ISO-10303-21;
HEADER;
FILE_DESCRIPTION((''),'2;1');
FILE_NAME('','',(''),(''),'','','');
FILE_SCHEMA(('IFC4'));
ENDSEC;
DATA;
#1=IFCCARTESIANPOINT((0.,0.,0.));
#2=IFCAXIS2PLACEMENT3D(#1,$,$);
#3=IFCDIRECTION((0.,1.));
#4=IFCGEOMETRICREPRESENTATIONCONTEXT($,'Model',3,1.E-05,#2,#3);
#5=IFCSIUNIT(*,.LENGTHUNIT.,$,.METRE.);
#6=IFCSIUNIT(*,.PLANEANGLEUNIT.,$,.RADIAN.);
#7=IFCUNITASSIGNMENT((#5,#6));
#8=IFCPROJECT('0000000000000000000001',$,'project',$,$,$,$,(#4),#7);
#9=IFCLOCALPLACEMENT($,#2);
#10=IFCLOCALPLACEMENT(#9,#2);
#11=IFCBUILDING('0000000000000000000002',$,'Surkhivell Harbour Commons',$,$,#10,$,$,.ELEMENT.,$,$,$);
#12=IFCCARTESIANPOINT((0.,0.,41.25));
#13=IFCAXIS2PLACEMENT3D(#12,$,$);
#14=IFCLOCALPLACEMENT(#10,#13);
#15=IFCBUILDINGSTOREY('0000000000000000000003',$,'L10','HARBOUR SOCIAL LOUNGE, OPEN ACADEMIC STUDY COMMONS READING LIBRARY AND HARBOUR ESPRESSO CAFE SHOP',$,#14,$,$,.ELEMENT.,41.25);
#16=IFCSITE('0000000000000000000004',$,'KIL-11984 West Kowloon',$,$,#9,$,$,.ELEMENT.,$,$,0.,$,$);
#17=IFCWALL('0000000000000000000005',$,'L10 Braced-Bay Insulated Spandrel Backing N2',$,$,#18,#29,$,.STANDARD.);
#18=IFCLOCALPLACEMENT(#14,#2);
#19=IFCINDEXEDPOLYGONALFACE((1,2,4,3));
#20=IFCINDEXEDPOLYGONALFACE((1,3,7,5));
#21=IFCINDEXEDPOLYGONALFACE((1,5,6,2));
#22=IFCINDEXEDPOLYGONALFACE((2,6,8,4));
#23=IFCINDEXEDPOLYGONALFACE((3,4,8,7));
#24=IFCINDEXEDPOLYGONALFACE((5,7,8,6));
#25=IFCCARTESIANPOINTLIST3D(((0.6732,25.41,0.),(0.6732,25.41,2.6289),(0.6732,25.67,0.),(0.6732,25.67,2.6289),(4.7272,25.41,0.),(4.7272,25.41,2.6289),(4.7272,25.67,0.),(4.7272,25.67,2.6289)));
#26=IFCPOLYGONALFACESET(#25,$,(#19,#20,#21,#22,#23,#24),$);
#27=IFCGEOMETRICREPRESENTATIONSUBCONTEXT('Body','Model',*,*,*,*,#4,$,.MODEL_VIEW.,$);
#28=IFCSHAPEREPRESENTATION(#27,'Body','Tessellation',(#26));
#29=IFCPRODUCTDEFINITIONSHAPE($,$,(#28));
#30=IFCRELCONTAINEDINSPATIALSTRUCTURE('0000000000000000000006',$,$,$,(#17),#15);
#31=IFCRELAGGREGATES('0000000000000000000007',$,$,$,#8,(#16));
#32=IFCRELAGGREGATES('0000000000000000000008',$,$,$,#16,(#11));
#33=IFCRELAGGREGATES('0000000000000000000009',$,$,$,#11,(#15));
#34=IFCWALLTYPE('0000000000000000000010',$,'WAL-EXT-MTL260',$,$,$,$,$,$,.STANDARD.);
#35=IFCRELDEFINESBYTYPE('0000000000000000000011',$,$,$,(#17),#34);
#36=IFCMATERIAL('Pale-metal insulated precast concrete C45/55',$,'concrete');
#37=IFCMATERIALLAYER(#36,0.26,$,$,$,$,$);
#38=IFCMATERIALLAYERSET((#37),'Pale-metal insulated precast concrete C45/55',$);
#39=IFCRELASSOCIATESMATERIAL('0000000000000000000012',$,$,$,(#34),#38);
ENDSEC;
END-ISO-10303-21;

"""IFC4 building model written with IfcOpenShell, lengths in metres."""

from ifc_helpers import new_model, si_unit, direction, frame, frame_2d, origin, place, context, subcontext, project, spatial, rectangle, extrude, material, layer, layer_set, type_object, element, save


model = new_model("IFC4")

# Units and contexts
model_context = context("Model", 3, precision=1e-05, world=origin(), true_north=direction((0.0, 1.0)))
body_context = subcontext(model_context, "Body", "Model", "MODEL_VIEW")
ifc_project = project(units=[si_unit("LENGTHUNIT", "METRE"), si_unit("PLANEANGLEUNIT", "RADIAN")], contexts=[model_context])

# Site, building, storey
site_placement = place(None, origin())
site = spatial("IfcSite", under=ifc_project, at=site_placement, Name="KIL-11984 West Kowloon", CompositionType="ELEMENT", RefElevation=0.0)
building_placement = place(site_placement, origin())
building = spatial("IfcBuilding", under=site, at=building_placement, Name="Surkhivell Harbour Commons", CompositionType="ELEMENT")
storey_placement = place(building_placement, frame((0.0, 0.0, 41.25)))
storey = spatial("IfcBuildingStorey", under=building, at=storey_placement, Name="L10", Description="HARBOUR SOCIAL LOUNGE, OPEN ACADEMIC STUDY COMMONS READING LIBRARY AND HARBOUR ESPRESSO CAFE SHOP", CompositionType="ELEMENT", Elevation=41.25)

# Wall
ifc_material_1 = material(Name="Pale-metal insulated precast concrete C45/55", Category="concrete")
ifc_layer_1 = layer(ifc_material_1, 0.26)
ifc_layer_set_1 = layer_set([ifc_layer_1], Name="Pale-metal insulated precast concrete C45/55")
wall_type = type_object("IfcWallType", Name="WAL-EXT-MTL260", PredefinedType="STANDARD", material=ifc_layer_set_1)
wall_placement = place(storey_placement, frame((4.7271, 25.54, 0.0), z_axis=(0.0, 0.0, 1.0), x_axis=(-1.0, 0.0, 0.0)))
element("IfcWall", 1, at=wall_placement, inside=storey, type_object=wall_type, Name="L10 Braced-Bay Insulated Spandrel Backing N2", PredefinedType="STANDARD", context=body_context, shape_type="SweptSolid", body=[
    extrude(rectangle(XDim=4.054, YDim=0.26, at=frame_2d((2.0269, 0.0))), origin(), (0.0, 0.0, 1.0), 2.6289),
])

save(model, "model.ifc")
